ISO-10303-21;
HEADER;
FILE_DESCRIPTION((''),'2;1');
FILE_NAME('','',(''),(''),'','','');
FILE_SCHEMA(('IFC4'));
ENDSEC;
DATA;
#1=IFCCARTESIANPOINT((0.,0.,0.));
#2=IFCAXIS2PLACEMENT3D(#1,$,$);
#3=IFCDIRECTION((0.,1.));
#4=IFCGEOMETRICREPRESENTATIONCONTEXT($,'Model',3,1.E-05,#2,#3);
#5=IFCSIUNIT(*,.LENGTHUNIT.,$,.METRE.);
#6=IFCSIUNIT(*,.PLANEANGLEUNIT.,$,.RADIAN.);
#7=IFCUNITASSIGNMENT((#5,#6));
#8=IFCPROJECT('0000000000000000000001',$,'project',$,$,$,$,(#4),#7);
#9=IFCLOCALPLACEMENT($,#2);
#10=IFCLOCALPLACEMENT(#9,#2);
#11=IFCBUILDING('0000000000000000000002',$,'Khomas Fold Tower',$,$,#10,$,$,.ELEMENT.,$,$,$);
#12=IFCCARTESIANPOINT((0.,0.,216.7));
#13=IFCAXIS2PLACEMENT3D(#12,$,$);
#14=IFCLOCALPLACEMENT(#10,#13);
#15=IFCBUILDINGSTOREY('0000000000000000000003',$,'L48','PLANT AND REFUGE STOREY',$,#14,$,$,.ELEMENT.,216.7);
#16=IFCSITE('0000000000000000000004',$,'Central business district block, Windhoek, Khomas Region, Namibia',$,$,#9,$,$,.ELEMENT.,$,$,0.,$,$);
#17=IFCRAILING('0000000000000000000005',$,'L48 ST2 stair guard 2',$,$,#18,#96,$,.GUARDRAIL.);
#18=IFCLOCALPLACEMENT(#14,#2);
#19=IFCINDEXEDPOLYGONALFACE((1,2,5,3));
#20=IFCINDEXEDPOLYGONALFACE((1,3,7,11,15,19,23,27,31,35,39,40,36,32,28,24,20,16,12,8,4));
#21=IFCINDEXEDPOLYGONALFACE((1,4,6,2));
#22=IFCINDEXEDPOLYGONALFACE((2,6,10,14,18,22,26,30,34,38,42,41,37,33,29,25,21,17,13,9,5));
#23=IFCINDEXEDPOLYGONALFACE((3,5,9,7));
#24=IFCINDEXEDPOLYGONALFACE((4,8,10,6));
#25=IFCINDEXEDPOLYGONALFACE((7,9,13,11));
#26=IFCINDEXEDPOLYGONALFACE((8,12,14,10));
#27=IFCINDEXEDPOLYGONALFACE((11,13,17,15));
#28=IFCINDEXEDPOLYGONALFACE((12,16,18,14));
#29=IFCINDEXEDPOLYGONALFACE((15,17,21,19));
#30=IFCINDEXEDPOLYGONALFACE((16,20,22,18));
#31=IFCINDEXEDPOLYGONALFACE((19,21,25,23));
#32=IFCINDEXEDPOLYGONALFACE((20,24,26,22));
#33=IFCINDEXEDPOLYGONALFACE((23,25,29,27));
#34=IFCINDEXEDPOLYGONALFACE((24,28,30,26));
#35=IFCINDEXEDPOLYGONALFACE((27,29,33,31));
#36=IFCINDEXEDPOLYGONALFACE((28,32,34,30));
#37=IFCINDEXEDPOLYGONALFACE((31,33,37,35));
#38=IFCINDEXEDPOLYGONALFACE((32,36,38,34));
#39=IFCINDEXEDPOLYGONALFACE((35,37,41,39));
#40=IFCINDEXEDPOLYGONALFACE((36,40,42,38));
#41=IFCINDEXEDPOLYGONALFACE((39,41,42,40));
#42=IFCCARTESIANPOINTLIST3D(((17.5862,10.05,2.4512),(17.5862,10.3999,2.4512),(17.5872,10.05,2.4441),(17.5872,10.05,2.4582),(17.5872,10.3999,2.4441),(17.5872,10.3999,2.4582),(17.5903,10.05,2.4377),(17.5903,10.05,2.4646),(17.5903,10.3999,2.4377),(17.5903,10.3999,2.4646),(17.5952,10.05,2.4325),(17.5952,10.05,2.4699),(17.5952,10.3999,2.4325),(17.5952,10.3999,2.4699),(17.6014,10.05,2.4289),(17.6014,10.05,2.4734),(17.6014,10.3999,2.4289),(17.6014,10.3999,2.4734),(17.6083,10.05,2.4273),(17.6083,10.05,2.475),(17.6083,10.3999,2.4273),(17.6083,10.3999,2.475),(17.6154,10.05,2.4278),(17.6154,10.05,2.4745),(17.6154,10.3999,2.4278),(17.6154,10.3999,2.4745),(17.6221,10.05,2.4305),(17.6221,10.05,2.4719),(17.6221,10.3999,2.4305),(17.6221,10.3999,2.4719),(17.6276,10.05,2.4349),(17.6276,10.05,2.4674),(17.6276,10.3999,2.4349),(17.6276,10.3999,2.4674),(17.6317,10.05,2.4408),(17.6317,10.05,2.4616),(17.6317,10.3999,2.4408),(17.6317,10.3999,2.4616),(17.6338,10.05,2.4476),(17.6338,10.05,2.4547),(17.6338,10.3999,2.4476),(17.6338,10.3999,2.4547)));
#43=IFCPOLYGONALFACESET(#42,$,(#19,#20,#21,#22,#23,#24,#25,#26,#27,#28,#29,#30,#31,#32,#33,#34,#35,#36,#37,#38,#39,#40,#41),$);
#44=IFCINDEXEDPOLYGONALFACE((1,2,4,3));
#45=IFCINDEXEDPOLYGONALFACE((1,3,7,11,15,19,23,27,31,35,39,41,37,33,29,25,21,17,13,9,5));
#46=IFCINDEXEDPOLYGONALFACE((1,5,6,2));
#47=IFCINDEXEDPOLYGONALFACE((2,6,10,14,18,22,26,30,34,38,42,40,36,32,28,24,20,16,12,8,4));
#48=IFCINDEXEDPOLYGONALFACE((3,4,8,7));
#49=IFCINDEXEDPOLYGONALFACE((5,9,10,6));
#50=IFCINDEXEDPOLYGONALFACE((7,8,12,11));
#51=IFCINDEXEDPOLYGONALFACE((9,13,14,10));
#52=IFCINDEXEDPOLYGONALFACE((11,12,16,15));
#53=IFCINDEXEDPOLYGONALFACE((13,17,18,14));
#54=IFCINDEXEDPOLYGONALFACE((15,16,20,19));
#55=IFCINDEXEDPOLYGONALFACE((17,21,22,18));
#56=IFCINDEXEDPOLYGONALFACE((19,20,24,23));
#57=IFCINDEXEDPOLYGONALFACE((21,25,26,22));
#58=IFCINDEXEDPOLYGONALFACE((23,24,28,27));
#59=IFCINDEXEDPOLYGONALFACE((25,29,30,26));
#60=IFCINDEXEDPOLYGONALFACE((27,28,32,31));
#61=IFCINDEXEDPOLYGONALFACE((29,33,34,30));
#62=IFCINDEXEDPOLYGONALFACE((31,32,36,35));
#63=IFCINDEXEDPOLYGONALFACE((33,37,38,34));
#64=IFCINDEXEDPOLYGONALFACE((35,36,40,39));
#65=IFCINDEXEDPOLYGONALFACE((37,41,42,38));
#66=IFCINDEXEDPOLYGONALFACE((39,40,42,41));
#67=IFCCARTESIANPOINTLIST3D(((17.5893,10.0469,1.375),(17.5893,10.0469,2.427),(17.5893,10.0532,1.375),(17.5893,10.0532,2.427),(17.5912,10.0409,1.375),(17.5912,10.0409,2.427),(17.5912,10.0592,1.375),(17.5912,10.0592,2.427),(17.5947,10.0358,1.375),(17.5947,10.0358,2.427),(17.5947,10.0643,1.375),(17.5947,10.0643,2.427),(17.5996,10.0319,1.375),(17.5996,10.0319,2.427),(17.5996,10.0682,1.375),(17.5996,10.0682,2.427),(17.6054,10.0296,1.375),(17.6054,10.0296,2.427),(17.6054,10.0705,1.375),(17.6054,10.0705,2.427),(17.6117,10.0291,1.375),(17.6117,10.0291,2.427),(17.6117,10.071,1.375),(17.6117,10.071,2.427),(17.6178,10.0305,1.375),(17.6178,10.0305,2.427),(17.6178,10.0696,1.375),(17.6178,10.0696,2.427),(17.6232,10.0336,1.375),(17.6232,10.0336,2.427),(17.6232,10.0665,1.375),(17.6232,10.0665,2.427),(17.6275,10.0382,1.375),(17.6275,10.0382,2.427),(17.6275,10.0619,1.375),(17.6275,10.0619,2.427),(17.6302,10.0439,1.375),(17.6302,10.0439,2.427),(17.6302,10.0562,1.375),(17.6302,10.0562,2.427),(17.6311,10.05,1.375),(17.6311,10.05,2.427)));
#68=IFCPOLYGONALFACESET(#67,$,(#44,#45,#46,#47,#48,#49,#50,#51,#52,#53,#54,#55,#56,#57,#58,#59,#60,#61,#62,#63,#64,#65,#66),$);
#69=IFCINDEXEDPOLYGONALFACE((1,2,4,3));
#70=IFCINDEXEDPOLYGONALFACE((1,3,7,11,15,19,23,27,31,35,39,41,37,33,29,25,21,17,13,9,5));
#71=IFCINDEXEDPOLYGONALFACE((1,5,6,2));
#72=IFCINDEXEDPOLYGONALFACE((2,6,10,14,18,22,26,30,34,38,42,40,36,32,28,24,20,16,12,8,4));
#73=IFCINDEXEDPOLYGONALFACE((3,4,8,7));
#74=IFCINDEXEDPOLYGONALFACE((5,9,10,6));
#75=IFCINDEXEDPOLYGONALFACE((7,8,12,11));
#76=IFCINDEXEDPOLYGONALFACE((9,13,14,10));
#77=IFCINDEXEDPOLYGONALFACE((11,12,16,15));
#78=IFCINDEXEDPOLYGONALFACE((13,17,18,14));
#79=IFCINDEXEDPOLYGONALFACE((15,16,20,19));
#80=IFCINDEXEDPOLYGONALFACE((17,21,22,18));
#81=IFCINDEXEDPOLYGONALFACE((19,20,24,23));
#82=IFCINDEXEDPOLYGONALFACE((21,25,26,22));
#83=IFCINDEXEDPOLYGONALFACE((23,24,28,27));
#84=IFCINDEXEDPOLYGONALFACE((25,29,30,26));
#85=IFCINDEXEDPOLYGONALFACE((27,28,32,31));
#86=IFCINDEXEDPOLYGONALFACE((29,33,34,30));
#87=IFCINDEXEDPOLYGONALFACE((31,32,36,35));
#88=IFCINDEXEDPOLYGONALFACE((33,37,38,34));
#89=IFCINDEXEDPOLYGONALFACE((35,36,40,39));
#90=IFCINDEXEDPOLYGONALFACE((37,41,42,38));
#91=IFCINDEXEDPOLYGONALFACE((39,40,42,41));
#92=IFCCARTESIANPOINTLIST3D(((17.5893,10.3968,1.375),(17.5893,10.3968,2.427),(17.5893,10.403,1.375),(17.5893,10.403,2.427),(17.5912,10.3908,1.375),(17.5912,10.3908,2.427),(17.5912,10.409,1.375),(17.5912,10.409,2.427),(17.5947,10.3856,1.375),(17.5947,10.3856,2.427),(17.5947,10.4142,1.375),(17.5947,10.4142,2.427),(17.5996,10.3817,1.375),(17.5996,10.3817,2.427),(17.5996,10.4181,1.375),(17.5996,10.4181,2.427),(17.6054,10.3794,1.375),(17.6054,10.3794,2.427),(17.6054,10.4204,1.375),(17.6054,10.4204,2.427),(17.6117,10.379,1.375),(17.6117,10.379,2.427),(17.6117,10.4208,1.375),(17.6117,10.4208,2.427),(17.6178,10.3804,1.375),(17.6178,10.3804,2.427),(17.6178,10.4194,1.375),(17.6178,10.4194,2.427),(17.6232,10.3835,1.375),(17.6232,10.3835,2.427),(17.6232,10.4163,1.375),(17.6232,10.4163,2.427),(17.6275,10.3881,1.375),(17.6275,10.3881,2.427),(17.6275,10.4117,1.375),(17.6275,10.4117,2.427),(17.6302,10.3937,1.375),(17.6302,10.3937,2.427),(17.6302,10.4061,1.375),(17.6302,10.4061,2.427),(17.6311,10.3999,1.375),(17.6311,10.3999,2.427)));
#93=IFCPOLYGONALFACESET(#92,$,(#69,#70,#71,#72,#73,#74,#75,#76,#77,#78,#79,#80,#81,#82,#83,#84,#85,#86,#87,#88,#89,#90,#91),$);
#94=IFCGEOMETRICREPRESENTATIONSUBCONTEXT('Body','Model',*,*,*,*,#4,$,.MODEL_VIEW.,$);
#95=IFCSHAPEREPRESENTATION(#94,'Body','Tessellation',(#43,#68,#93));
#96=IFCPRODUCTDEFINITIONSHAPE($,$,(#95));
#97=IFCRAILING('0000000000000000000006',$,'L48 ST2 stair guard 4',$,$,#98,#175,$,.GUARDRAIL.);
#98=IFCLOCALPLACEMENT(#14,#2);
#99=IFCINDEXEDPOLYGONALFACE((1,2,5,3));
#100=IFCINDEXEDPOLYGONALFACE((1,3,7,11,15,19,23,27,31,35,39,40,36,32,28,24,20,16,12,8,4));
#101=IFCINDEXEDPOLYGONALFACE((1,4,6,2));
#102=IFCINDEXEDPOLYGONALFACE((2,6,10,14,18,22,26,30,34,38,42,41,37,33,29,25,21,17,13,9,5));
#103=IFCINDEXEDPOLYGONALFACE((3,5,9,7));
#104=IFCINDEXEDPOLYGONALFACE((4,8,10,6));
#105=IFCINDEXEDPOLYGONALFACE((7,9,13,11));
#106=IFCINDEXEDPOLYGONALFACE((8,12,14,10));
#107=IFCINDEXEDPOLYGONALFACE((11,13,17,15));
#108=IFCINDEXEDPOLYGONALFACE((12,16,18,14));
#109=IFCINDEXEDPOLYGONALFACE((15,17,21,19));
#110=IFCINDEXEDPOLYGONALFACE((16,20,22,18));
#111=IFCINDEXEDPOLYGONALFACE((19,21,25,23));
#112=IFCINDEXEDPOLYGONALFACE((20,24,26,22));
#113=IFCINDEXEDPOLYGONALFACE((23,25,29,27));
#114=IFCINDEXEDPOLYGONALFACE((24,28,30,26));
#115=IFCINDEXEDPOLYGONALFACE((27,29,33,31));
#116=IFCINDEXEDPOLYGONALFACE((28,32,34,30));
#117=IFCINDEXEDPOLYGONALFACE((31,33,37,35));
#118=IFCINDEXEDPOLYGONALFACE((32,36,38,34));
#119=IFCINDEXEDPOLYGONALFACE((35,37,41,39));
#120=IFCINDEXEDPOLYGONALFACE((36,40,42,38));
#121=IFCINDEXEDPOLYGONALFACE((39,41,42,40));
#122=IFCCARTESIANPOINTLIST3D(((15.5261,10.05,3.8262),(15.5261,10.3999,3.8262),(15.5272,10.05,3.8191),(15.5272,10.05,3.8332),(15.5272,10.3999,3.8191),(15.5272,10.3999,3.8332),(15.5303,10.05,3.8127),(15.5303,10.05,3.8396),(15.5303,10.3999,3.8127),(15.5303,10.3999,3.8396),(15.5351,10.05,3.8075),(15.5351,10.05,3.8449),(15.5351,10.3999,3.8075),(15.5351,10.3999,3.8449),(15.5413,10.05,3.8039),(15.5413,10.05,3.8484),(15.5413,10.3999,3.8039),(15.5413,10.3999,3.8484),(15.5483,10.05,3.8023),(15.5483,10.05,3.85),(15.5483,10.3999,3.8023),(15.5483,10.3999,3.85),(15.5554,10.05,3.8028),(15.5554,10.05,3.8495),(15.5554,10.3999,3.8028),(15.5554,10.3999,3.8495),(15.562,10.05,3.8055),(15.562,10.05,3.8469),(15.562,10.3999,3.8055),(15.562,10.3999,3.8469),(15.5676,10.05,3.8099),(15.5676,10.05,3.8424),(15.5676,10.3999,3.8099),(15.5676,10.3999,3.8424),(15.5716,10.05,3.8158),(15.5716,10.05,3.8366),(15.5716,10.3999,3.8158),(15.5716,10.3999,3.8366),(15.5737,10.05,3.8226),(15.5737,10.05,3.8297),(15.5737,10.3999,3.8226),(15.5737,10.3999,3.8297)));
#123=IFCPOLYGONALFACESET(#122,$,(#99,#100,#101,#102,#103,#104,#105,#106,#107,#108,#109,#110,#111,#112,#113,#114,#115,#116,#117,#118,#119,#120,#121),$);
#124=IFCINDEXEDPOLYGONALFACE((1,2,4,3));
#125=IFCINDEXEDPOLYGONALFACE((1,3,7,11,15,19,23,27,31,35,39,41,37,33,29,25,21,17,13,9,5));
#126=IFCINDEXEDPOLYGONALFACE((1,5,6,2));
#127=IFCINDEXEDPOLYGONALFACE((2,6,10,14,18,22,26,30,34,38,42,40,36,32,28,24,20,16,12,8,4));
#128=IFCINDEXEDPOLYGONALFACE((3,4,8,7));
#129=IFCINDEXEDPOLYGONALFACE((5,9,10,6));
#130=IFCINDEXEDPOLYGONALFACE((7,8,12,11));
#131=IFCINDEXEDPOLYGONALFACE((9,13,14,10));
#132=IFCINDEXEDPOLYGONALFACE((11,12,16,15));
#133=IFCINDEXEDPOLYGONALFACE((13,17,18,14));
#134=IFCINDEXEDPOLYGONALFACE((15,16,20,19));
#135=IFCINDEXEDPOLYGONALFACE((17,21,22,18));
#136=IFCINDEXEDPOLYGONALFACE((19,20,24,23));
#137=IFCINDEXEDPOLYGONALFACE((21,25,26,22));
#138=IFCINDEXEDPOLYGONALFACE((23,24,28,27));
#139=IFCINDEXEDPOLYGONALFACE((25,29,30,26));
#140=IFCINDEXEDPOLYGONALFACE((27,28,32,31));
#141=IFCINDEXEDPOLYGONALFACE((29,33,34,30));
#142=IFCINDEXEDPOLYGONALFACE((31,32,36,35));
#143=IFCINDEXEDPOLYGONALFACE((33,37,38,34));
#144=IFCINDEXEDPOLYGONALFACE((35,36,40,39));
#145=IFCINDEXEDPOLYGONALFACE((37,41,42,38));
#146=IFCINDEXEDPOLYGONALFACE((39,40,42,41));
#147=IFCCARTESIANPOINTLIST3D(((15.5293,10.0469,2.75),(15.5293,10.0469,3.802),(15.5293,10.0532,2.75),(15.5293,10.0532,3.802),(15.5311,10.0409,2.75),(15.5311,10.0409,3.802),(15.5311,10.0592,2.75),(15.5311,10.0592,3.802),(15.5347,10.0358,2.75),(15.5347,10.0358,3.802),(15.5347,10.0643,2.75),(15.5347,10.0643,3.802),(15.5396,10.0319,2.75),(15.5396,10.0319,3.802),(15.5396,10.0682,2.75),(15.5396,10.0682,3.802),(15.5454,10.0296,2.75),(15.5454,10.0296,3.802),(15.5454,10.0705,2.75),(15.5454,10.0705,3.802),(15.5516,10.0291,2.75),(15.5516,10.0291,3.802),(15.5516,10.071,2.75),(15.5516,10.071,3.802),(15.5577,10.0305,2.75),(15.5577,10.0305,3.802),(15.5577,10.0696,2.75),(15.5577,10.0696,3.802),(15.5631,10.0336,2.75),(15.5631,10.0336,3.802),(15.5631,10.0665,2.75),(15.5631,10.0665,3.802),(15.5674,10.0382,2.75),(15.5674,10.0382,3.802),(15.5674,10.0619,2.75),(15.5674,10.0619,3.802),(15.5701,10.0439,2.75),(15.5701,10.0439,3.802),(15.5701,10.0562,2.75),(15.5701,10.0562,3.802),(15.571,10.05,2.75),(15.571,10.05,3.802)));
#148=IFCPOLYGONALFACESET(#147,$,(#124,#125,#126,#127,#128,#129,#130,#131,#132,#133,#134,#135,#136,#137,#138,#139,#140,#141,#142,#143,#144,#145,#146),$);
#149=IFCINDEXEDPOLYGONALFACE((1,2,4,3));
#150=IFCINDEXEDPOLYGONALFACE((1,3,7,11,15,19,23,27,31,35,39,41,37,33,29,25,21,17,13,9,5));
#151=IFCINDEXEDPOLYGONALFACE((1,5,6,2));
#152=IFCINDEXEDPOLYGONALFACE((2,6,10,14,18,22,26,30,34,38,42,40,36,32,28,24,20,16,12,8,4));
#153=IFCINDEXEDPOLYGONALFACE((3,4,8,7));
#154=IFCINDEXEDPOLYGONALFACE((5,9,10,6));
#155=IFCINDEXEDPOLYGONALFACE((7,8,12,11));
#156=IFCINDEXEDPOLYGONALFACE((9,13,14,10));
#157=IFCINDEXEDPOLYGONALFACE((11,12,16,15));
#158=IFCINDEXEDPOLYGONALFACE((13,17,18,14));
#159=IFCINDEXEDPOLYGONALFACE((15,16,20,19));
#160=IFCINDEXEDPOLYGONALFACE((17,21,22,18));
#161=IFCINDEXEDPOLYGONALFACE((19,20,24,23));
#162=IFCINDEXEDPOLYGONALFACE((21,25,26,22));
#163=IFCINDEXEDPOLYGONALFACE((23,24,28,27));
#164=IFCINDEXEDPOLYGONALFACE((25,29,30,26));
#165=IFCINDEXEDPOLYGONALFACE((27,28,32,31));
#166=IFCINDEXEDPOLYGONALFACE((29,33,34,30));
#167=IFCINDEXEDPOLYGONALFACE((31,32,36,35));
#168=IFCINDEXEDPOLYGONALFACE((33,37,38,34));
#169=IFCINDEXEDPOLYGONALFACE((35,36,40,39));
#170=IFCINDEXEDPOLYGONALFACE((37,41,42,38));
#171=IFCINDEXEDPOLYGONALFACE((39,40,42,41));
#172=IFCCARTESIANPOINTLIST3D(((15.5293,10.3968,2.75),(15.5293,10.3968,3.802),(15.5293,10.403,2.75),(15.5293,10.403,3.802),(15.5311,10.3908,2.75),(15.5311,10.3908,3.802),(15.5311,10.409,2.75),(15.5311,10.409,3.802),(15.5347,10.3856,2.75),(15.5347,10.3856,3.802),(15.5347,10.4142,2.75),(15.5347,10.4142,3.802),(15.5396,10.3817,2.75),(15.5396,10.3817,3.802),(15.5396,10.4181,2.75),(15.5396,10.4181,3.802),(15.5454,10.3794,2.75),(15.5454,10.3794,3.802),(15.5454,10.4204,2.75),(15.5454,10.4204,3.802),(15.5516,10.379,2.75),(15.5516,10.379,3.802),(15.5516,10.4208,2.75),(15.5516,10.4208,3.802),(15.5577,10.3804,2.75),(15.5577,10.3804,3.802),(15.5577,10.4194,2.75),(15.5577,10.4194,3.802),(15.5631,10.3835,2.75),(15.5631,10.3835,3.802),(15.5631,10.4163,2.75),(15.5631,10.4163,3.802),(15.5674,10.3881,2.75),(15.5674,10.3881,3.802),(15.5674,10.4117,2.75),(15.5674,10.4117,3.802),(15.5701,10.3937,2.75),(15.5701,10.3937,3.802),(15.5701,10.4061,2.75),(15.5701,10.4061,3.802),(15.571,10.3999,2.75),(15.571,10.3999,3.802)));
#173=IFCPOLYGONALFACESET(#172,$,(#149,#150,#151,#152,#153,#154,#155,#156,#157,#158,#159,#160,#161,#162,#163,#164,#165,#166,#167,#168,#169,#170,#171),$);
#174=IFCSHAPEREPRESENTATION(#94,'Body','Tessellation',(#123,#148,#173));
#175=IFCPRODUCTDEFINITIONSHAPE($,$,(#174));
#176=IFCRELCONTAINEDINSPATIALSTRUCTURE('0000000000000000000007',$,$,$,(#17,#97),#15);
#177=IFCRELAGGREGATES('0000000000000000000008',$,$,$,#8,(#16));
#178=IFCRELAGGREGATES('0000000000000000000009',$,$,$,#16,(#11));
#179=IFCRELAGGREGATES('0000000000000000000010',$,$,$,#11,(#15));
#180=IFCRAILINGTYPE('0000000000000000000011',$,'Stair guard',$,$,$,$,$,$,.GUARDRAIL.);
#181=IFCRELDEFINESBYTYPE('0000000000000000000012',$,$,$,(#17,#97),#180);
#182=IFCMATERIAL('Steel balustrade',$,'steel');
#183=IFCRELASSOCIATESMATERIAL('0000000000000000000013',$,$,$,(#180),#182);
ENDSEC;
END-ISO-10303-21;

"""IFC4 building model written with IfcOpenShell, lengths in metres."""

from ifc_helpers import new_model, si_unit, direction, frame, origin, origin_2d, place, context, subcontext, project, spatial, circle, extrude, source, transform, mapped, material, type_object, element, save


model = new_model("IFC4")

# Units and contexts
model_context = context("Model", 3, precision=1e-05, world=origin(), true_north=direction((0.0, 1.0)))
body_context = subcontext(model_context, "Body", "Model", "MODEL_VIEW")
ifc_project = project(units=[si_unit("LENGTHUNIT", "METRE"), si_unit("PLANEANGLEUNIT", "RADIAN")], contexts=[model_context])

# Site, building, storey
site_placement = place(None, origin())
site = spatial("IfcSite", under=ifc_project, at=site_placement, Name="Central business district block, Windhoek, Khomas Region, Namibia", CompositionType="ELEMENT", RefElevation=0.0)
building_placement = place(site_placement, origin())
building = spatial("IfcBuilding", under=site, at=building_placement, Name="Khomas Fold Tower", CompositionType="ELEMENT")
storey_placement = place(building_placement, frame((0.0, 0.0, 216.7)))
storey = spatial("IfcBuildingStorey", under=building, at=storey_placement, Name="L48", Description="PLANT AND REFUGE STOREY", CompositionType="ELEMENT", Elevation=216.7)

# Railings
ifc_material_1 = material(Name="Steel balustrade", Category="steel")
railing_type_1 = type_object("IfcRailingType", Name="Stair guard", PredefinedType="GUARDRAIL", material=ifc_material_1)
shared_shape_1 = source(origin(), body_context, "Body", "SweptSolid", [
    extrude(circle(Radius=0.0239, at=origin_2d()), frame((0.0, 0.0, 1.0762), z_axis=(0.0, 1.0, 0.0), x_axis=(-1.0, 0.0, 0.0)), (0.0, 0.0, 1.0), 0.3499),
    extrude(circle(Radius=0.021, at=origin_2d()), origin(), (0.0, 0.0, 1.0), 1.052),
    extrude(circle(Radius=0.021, at=origin_2d()), frame((0.0, 0.3499, 0.0)), (0.0, 0.0, 1.0), 1.052),
])
for number, where, name in (
    (1, (17.6101, 10.05, 1.375), "L48 ST2 stair guard 2"),
    (2, (15.55, 10.05, 2.75), "L48 ST2 stair guard 4"),
):
    element("IfcRailing", number, at=place(storey_placement, frame(where)), inside=storey, type_object=railing_type_1, Name=name, PredefinedType="GUARDRAIL", context=body_context, shape_type="MappedRepresentation", body=[
        mapped(shared_shape_1, transform((0.0, 0.0, 0.0))),
    ])

save(model, "model.ifc")
